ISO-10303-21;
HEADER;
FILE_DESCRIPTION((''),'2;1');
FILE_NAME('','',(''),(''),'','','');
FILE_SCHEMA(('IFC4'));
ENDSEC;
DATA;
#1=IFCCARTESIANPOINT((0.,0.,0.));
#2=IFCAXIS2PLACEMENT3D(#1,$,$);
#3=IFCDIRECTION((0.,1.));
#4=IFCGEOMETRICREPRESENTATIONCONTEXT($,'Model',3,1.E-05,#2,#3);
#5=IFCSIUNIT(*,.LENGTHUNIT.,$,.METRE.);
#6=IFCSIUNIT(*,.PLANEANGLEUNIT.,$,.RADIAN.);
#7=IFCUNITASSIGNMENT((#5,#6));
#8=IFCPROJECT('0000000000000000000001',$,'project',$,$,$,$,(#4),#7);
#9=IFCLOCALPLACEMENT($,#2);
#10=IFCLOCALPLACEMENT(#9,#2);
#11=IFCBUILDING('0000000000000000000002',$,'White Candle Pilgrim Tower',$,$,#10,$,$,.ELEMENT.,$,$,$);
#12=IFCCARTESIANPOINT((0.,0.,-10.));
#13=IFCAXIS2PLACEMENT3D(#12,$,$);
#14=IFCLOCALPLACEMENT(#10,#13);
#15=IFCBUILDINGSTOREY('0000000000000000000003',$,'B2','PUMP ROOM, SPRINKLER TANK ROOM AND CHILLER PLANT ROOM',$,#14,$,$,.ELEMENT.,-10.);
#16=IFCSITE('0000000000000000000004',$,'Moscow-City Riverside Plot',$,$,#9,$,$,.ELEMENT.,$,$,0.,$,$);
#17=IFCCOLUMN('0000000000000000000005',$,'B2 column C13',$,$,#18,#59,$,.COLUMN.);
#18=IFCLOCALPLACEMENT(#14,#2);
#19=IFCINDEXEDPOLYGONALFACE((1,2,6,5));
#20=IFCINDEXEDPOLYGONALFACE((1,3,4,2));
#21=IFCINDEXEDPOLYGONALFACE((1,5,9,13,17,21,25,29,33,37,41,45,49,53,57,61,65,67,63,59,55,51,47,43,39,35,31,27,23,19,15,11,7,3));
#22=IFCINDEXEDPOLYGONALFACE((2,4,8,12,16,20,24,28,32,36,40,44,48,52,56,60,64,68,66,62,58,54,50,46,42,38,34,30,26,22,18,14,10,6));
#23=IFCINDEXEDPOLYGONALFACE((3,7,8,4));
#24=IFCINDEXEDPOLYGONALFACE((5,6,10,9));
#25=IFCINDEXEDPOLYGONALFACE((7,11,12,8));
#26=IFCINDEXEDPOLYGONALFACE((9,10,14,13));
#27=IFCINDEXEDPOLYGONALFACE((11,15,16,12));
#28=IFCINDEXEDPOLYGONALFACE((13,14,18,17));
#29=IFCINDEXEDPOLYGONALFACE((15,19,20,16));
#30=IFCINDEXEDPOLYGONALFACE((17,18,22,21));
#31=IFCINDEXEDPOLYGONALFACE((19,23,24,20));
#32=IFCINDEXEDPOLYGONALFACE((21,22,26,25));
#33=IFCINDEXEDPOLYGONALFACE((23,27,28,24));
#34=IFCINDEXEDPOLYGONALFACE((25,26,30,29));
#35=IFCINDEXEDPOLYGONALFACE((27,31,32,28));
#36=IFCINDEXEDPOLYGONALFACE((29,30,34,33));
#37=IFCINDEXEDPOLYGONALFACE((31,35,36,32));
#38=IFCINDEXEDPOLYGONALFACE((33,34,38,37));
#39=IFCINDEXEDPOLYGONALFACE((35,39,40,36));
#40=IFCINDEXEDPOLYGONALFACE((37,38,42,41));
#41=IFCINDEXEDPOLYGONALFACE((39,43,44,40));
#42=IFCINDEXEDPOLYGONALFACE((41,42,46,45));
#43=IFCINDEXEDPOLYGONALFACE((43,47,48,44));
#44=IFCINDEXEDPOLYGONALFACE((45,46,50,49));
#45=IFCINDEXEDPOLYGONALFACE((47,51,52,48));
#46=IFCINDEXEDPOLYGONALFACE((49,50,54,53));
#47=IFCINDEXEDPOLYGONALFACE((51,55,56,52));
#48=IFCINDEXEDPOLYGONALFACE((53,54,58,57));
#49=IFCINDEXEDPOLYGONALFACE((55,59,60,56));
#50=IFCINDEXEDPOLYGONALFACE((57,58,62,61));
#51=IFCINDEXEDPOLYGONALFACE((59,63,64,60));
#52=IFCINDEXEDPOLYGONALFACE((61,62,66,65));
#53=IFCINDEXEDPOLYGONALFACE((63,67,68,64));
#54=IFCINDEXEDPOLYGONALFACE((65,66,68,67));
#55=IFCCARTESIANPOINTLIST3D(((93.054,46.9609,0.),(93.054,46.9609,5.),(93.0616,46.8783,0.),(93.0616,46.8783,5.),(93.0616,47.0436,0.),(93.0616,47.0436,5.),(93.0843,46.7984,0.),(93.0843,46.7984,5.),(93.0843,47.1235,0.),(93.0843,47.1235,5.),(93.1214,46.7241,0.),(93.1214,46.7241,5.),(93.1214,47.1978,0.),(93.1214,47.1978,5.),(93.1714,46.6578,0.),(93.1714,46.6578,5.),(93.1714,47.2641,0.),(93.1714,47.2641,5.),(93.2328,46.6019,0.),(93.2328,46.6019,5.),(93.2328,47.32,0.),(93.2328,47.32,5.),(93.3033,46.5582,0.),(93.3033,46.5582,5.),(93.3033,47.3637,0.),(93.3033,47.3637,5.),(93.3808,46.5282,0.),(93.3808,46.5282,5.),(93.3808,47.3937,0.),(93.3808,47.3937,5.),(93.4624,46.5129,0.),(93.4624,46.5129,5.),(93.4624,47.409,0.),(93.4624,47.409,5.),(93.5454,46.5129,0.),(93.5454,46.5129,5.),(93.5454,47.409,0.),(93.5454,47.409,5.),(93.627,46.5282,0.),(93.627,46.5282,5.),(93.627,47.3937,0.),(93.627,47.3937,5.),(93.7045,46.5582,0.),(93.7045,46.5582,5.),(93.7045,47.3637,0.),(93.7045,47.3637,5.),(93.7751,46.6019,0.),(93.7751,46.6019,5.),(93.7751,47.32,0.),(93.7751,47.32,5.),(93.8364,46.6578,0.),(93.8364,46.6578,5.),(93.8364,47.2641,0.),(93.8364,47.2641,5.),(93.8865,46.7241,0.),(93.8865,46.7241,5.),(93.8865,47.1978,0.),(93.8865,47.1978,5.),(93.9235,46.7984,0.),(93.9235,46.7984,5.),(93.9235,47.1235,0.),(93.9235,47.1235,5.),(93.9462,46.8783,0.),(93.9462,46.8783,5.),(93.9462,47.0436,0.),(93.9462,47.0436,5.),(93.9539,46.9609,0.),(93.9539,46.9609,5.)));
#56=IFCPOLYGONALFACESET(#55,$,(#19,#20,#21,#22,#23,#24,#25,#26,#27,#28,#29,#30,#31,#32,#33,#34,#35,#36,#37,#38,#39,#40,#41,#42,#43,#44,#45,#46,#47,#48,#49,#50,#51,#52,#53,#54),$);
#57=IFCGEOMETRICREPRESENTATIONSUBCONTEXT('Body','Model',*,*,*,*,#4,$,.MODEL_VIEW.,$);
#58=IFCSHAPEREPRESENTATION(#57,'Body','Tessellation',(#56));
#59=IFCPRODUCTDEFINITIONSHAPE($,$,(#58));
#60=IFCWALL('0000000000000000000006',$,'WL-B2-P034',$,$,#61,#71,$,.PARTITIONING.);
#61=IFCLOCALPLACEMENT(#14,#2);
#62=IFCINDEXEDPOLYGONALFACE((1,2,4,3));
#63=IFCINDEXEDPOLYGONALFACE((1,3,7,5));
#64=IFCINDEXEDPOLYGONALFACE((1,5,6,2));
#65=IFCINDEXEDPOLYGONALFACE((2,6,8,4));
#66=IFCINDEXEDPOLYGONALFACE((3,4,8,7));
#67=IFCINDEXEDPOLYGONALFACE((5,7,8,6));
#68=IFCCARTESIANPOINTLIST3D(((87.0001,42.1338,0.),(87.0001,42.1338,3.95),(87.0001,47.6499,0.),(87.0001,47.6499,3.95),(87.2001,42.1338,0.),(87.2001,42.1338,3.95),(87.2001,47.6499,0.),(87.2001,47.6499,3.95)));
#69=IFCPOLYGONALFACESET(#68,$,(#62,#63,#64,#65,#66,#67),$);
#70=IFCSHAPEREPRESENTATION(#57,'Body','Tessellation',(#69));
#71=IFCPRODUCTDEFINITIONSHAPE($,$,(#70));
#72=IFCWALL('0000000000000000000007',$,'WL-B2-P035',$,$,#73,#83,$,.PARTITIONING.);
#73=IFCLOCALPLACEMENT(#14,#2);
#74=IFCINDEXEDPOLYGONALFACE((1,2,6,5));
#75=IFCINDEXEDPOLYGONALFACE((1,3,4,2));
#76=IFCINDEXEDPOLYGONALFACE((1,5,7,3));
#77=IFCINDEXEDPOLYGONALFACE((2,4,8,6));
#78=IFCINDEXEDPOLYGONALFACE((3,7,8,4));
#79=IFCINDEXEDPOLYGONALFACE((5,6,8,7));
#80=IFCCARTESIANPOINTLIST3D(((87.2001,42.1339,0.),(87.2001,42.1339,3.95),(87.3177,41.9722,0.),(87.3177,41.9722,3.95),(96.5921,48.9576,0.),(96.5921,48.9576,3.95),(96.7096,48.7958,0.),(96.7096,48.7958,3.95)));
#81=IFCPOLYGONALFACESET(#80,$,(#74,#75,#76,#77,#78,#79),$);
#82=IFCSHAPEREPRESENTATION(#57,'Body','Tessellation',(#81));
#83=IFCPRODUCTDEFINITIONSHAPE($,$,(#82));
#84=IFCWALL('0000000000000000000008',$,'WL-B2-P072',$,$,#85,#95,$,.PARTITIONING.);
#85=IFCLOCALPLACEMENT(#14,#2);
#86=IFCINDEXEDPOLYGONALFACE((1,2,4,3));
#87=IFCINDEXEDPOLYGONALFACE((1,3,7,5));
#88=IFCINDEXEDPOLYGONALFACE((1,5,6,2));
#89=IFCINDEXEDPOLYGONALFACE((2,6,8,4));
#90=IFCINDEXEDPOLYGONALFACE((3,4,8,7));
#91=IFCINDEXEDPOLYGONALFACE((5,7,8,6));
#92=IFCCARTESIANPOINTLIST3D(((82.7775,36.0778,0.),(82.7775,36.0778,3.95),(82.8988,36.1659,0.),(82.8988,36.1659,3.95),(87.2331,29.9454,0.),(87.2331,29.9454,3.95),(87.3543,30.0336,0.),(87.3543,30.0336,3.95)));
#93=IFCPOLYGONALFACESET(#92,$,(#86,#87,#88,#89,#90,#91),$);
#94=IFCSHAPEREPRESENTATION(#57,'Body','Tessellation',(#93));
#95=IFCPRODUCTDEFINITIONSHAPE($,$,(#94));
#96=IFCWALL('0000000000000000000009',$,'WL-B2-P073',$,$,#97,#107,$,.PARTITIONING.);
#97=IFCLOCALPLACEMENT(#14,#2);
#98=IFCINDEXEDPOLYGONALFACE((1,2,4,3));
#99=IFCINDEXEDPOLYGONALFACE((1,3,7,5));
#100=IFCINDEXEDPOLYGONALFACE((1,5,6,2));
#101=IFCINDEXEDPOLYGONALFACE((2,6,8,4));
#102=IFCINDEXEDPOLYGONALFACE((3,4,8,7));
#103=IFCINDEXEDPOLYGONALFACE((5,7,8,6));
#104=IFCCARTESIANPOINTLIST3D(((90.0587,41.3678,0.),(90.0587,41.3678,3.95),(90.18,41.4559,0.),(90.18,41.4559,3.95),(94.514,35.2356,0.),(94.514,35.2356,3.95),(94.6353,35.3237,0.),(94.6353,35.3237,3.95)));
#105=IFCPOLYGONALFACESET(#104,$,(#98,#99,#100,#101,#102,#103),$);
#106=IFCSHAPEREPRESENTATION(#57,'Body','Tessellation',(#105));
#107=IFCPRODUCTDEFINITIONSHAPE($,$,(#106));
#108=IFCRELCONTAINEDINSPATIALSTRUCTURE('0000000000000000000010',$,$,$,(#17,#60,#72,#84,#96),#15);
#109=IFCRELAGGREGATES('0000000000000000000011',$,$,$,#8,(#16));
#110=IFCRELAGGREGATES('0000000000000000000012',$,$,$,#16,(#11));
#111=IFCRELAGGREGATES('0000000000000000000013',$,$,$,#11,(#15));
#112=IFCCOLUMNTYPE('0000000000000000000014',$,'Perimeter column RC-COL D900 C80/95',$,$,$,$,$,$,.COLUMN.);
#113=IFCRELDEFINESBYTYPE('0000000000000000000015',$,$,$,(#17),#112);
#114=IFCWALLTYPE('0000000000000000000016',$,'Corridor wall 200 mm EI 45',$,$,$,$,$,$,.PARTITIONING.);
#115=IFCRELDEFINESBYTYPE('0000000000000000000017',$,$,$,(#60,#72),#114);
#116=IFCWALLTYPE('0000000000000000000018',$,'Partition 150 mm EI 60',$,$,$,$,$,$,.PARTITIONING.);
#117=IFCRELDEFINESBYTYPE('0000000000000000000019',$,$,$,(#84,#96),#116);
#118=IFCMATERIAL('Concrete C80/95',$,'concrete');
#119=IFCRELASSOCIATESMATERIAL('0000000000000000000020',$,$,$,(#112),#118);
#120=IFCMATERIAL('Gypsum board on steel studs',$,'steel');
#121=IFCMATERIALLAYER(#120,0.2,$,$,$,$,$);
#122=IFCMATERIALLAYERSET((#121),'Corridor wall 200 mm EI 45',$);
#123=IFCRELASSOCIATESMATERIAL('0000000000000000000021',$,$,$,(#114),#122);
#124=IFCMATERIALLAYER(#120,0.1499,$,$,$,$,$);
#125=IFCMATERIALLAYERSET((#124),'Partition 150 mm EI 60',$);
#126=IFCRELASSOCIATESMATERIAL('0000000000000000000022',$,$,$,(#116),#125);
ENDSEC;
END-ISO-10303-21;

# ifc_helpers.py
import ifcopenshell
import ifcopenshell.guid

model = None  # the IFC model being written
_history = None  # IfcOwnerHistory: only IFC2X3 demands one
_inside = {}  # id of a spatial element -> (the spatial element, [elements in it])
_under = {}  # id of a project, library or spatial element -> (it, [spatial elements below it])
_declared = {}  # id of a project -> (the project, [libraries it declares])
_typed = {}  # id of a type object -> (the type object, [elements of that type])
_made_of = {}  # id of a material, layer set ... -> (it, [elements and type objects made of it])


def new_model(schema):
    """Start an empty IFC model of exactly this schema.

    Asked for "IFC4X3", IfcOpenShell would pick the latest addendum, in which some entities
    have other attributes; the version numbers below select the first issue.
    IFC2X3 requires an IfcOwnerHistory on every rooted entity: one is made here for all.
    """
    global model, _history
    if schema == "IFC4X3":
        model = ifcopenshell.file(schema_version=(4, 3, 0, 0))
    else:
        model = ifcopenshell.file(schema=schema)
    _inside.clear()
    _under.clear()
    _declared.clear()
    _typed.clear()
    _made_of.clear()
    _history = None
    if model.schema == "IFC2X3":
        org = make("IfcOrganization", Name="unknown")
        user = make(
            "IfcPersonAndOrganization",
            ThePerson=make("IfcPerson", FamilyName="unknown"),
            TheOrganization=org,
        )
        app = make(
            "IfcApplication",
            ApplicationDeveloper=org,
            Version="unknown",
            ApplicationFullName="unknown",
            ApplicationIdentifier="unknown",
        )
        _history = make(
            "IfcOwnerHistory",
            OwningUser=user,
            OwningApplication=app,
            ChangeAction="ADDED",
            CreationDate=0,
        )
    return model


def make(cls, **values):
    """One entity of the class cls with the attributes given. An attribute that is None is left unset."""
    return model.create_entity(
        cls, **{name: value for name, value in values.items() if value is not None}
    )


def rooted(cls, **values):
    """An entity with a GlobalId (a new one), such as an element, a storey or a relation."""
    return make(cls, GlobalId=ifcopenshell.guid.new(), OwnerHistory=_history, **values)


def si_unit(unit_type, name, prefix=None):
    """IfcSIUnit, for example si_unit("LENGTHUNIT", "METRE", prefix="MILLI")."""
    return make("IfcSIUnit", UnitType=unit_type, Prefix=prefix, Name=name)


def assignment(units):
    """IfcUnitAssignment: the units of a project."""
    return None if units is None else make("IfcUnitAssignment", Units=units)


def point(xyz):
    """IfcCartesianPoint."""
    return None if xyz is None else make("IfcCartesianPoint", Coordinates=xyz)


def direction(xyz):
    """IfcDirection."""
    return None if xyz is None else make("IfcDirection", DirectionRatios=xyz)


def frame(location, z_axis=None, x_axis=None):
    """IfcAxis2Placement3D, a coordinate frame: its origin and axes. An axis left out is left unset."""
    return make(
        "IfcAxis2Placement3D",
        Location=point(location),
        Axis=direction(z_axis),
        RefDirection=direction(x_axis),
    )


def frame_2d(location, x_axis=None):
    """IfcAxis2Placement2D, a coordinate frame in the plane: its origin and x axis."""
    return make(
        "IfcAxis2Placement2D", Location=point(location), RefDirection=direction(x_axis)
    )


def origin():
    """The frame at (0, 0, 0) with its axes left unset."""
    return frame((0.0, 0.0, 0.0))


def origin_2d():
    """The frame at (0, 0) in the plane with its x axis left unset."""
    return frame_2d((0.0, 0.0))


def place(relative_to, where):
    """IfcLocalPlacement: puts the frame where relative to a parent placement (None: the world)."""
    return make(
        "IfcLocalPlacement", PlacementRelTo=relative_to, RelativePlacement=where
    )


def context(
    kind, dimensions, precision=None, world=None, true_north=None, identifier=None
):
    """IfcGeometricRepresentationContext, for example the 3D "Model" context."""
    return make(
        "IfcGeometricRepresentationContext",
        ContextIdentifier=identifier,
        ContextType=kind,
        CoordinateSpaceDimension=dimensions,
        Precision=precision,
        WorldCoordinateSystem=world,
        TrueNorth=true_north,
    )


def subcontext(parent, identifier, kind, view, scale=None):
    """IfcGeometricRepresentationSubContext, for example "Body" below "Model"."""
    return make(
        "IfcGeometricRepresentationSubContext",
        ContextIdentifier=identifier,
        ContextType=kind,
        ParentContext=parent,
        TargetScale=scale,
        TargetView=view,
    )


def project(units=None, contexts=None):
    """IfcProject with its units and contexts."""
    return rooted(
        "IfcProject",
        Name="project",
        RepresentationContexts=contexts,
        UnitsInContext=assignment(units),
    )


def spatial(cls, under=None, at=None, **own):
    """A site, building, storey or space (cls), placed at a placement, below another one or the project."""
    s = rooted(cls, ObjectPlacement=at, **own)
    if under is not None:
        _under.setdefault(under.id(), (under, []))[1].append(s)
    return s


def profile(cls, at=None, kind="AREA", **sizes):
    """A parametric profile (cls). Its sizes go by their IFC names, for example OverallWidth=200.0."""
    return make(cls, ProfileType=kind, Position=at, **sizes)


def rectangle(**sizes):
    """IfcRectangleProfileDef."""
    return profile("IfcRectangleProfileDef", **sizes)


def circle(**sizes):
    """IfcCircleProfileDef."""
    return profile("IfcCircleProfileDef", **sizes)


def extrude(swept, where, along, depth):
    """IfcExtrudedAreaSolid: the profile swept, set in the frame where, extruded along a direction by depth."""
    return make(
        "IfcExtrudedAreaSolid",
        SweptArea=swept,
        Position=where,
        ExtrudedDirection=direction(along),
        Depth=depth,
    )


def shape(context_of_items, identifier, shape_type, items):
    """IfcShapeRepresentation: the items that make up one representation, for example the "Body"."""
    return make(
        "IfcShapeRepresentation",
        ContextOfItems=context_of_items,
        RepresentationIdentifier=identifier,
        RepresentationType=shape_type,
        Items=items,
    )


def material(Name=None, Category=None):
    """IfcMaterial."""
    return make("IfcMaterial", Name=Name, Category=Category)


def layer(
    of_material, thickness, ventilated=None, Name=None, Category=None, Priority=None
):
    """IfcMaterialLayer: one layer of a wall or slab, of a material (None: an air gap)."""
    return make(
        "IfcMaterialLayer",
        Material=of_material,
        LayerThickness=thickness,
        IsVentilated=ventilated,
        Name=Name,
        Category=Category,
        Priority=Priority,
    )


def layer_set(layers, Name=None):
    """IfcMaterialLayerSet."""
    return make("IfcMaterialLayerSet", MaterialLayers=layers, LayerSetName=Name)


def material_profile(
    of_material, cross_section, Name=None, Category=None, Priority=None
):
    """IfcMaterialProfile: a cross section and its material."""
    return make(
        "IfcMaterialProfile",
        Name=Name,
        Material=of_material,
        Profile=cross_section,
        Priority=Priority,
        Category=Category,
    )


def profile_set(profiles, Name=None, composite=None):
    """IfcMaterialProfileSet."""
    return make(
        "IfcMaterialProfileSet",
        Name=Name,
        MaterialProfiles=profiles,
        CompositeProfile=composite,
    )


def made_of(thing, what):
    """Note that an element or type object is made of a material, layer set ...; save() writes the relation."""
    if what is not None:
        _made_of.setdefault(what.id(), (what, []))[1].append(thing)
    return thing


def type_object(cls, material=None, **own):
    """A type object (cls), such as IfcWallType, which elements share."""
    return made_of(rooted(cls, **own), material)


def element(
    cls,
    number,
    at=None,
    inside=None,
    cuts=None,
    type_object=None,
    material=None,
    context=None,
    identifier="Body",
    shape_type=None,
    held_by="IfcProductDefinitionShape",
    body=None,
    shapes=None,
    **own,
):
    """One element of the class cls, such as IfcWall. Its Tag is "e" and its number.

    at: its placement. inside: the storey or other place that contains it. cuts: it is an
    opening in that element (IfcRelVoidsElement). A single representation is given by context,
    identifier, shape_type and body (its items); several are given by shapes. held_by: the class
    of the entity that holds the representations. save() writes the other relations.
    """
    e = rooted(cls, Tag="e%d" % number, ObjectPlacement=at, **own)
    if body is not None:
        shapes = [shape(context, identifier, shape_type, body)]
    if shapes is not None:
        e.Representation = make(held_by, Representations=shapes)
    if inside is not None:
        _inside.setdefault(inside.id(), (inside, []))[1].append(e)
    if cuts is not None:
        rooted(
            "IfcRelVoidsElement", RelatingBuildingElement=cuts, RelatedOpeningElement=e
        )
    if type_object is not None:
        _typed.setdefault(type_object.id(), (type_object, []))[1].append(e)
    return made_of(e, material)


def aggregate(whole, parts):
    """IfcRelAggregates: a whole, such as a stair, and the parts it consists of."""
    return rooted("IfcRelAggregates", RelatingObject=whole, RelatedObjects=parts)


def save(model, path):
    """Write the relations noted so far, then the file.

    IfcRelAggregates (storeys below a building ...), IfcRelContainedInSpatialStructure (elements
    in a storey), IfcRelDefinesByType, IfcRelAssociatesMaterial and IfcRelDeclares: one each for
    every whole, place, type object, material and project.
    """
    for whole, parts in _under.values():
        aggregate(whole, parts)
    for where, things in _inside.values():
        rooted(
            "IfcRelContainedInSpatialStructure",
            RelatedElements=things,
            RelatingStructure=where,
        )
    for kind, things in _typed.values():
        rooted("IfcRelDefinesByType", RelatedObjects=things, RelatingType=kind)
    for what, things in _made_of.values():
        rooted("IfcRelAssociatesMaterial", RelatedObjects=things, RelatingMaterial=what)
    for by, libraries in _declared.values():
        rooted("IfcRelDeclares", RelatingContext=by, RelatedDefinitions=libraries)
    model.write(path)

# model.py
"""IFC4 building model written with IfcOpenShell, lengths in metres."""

from ifc_helpers import new_model, si_unit, direction, frame, frame_2d, origin, origin_2d, place, context, subcontext, project, spatial, rectangle, circle, extrude, material, layer, layer_set, material_profile, profile_set, type_object, element, save


model = new_model("IFC4")

# Units and contexts
model_context = context("Model", 3, precision=1e-05, world=origin(), true_north=direction((0.0, 1.0)))
body_context = subcontext(model_context, "Body", "Model", "MODEL_VIEW")
ifc_project = project(units=[si_unit("LENGTHUNIT", "METRE"), si_unit("PLANEANGLEUNIT", "RADIAN")], contexts=[model_context])

# Site, building, storey
site_placement = place(None, origin())
site = spatial("IfcSite", under=ifc_project, at=site_placement, Name="Moscow-City Riverside Plot", CompositionType="ELEMENT", RefElevation=0.0)
building_placement = place(site_placement, origin())
building = spatial("IfcBuilding", under=site, at=building_placement, Name="White Candle Pilgrim Tower", CompositionType="ELEMENT")
storey_placement = place(building_placement, frame((0.0, 0.0, -10.0)))
storey = spatial("IfcBuildingStorey", under=building, at=storey_placement, Name="B2", Description="PUMP ROOM, SPRINKLER TANK ROOM AND CHILLER PLANT ROOM", CompositionType="ELEMENT", Elevation=-10.0)

# Column
ifc_material_1 = material(Name="Concrete C80/95", Category="concrete")
ifc_material_profile_1 = material_profile(ifc_material_1, circle(Radius=0.45, at=origin_2d()), Name="RC-COL D900")
ifc_profile_set_1 = profile_set([ifc_material_profile_1], Name="Concrete C80/95")
column_type = type_object("IfcColumnType", Name="Perimeter column RC-COL D900 C80/95", PredefinedType="COLUMN", material=ifc_profile_set_1)
for number, where, z_axis, x_axis, name in (
    (1, (93.5039, 46.9609, 0.0), (0.0, 0.0, 1.0), (1.0, 0.0, 0.0), "B2 column C13"),
):
    element("IfcColumn", number, at=place(storey_placement, frame(where, z_axis=z_axis, x_axis=x_axis)), inside=storey, type_object=column_type, Name=name, PredefinedType="COLUMN", context=body_context, shape_type="SweptSolid", body=[
        extrude(circle(Radius=0.45, at=origin_2d()), origin(), (0.0, 0.0, 1.0), 5.0),
    ])

# Walls
ifc_material_2 = material(Name="Gypsum board on steel studs", Category="steel")
ifc_layer_1 = layer(ifc_material_2, 0.2)
ifc_layer_set_1 = layer_set([ifc_layer_1], Name="Corridor wall 200 mm EI 45")
wall_type_1 = type_object("IfcWallType", Name="Corridor wall 200 mm EI 45", PredefinedType="PARTITIONING", material=ifc_layer_set_1)
wall_1_placement = place(storey_placement, frame((87.1001, 47.6499, 0.0), z_axis=(0.0, 0.0, 1.0), x_axis=(0.0, -1.0, 0.0)))
element("IfcWall", 2, at=wall_1_placement, inside=storey, type_object=wall_type_1, Name="WL-B2-P034", PredefinedType="PARTITIONING", context=body_context, shape_type="SweptSolid", body=[
    extrude(rectangle(XDim=5.5161, YDim=0.2, at=frame_2d((2.7581, 0.0))), origin(), (0.0, 0.0, 1.0), 3.95),
])
wall_2_placement = place(storey_placement, frame((87.2588, 42.053, 0.0), z_axis=(0.0, 0.0, 1.0), x_axis=(0.809018, 0.587784, 0.0)))
element("IfcWall", 3, at=wall_2_placement, inside=storey, type_object=wall_type_1, Name="WL-B2-P035", PredefinedType="PARTITIONING", context=body_context, shape_type="SweptSolid", body=[
    extrude(rectangle(XDim=11.6091, YDim=0.2, at=frame_2d((5.8047, 0.0))), origin(), (0.0, 0.0, 1.0), 3.95),
])
ifc_layer_2 = layer(ifc_material_2, 0.1499)
ifc_layer_set_2 = layer_set([ifc_layer_2], Name="Partition 150 mm EI 60")
wall_type_2 = type_object("IfcWallType", Name="Partition 150 mm EI 60", PredefinedType="PARTITIONING", material=ifc_layer_set_2)
wall_3_placement = place(storey_placement, frame((87.2937, 29.9895, 0.0), z_axis=(0.0, 0.0, 1.0), x_axis=(-0.5878, 0.809006, 0.0)))
element("IfcWall", 4, at=wall_3_placement, inside=storey, type_object=wall_type_2, Name="WL-B2-P072", PredefinedType="PARTITIONING", context=body_context, shape_type="SweptSolid", body=[
    extrude(rectangle(XDim=7.5801, YDim=0.1499, at=frame_2d((3.79, 0.0))), origin(), (0.0, 0.0, 1.0), 3.95),
])
wall_4_placement = place(storey_placement, frame((94.5747, 35.2795, 0.0), z_axis=(0.0, 0.0, 1.0), x_axis=(-0.587779, 0.809022, 0.0)))
element("IfcWall", 5, at=wall_4_placement, inside=storey, type_object=wall_type_2, Name="WL-B2-P073", PredefinedType="PARTITIONING", context=body_context, shape_type="SweptSolid", body=[
    extrude(rectangle(XDim=7.5798, YDim=0.1499, at=frame_2d((3.79, 0.0))), origin(), (0.0, 0.0, 1.0), 3.95),
])

save(model, "model.ifc")
